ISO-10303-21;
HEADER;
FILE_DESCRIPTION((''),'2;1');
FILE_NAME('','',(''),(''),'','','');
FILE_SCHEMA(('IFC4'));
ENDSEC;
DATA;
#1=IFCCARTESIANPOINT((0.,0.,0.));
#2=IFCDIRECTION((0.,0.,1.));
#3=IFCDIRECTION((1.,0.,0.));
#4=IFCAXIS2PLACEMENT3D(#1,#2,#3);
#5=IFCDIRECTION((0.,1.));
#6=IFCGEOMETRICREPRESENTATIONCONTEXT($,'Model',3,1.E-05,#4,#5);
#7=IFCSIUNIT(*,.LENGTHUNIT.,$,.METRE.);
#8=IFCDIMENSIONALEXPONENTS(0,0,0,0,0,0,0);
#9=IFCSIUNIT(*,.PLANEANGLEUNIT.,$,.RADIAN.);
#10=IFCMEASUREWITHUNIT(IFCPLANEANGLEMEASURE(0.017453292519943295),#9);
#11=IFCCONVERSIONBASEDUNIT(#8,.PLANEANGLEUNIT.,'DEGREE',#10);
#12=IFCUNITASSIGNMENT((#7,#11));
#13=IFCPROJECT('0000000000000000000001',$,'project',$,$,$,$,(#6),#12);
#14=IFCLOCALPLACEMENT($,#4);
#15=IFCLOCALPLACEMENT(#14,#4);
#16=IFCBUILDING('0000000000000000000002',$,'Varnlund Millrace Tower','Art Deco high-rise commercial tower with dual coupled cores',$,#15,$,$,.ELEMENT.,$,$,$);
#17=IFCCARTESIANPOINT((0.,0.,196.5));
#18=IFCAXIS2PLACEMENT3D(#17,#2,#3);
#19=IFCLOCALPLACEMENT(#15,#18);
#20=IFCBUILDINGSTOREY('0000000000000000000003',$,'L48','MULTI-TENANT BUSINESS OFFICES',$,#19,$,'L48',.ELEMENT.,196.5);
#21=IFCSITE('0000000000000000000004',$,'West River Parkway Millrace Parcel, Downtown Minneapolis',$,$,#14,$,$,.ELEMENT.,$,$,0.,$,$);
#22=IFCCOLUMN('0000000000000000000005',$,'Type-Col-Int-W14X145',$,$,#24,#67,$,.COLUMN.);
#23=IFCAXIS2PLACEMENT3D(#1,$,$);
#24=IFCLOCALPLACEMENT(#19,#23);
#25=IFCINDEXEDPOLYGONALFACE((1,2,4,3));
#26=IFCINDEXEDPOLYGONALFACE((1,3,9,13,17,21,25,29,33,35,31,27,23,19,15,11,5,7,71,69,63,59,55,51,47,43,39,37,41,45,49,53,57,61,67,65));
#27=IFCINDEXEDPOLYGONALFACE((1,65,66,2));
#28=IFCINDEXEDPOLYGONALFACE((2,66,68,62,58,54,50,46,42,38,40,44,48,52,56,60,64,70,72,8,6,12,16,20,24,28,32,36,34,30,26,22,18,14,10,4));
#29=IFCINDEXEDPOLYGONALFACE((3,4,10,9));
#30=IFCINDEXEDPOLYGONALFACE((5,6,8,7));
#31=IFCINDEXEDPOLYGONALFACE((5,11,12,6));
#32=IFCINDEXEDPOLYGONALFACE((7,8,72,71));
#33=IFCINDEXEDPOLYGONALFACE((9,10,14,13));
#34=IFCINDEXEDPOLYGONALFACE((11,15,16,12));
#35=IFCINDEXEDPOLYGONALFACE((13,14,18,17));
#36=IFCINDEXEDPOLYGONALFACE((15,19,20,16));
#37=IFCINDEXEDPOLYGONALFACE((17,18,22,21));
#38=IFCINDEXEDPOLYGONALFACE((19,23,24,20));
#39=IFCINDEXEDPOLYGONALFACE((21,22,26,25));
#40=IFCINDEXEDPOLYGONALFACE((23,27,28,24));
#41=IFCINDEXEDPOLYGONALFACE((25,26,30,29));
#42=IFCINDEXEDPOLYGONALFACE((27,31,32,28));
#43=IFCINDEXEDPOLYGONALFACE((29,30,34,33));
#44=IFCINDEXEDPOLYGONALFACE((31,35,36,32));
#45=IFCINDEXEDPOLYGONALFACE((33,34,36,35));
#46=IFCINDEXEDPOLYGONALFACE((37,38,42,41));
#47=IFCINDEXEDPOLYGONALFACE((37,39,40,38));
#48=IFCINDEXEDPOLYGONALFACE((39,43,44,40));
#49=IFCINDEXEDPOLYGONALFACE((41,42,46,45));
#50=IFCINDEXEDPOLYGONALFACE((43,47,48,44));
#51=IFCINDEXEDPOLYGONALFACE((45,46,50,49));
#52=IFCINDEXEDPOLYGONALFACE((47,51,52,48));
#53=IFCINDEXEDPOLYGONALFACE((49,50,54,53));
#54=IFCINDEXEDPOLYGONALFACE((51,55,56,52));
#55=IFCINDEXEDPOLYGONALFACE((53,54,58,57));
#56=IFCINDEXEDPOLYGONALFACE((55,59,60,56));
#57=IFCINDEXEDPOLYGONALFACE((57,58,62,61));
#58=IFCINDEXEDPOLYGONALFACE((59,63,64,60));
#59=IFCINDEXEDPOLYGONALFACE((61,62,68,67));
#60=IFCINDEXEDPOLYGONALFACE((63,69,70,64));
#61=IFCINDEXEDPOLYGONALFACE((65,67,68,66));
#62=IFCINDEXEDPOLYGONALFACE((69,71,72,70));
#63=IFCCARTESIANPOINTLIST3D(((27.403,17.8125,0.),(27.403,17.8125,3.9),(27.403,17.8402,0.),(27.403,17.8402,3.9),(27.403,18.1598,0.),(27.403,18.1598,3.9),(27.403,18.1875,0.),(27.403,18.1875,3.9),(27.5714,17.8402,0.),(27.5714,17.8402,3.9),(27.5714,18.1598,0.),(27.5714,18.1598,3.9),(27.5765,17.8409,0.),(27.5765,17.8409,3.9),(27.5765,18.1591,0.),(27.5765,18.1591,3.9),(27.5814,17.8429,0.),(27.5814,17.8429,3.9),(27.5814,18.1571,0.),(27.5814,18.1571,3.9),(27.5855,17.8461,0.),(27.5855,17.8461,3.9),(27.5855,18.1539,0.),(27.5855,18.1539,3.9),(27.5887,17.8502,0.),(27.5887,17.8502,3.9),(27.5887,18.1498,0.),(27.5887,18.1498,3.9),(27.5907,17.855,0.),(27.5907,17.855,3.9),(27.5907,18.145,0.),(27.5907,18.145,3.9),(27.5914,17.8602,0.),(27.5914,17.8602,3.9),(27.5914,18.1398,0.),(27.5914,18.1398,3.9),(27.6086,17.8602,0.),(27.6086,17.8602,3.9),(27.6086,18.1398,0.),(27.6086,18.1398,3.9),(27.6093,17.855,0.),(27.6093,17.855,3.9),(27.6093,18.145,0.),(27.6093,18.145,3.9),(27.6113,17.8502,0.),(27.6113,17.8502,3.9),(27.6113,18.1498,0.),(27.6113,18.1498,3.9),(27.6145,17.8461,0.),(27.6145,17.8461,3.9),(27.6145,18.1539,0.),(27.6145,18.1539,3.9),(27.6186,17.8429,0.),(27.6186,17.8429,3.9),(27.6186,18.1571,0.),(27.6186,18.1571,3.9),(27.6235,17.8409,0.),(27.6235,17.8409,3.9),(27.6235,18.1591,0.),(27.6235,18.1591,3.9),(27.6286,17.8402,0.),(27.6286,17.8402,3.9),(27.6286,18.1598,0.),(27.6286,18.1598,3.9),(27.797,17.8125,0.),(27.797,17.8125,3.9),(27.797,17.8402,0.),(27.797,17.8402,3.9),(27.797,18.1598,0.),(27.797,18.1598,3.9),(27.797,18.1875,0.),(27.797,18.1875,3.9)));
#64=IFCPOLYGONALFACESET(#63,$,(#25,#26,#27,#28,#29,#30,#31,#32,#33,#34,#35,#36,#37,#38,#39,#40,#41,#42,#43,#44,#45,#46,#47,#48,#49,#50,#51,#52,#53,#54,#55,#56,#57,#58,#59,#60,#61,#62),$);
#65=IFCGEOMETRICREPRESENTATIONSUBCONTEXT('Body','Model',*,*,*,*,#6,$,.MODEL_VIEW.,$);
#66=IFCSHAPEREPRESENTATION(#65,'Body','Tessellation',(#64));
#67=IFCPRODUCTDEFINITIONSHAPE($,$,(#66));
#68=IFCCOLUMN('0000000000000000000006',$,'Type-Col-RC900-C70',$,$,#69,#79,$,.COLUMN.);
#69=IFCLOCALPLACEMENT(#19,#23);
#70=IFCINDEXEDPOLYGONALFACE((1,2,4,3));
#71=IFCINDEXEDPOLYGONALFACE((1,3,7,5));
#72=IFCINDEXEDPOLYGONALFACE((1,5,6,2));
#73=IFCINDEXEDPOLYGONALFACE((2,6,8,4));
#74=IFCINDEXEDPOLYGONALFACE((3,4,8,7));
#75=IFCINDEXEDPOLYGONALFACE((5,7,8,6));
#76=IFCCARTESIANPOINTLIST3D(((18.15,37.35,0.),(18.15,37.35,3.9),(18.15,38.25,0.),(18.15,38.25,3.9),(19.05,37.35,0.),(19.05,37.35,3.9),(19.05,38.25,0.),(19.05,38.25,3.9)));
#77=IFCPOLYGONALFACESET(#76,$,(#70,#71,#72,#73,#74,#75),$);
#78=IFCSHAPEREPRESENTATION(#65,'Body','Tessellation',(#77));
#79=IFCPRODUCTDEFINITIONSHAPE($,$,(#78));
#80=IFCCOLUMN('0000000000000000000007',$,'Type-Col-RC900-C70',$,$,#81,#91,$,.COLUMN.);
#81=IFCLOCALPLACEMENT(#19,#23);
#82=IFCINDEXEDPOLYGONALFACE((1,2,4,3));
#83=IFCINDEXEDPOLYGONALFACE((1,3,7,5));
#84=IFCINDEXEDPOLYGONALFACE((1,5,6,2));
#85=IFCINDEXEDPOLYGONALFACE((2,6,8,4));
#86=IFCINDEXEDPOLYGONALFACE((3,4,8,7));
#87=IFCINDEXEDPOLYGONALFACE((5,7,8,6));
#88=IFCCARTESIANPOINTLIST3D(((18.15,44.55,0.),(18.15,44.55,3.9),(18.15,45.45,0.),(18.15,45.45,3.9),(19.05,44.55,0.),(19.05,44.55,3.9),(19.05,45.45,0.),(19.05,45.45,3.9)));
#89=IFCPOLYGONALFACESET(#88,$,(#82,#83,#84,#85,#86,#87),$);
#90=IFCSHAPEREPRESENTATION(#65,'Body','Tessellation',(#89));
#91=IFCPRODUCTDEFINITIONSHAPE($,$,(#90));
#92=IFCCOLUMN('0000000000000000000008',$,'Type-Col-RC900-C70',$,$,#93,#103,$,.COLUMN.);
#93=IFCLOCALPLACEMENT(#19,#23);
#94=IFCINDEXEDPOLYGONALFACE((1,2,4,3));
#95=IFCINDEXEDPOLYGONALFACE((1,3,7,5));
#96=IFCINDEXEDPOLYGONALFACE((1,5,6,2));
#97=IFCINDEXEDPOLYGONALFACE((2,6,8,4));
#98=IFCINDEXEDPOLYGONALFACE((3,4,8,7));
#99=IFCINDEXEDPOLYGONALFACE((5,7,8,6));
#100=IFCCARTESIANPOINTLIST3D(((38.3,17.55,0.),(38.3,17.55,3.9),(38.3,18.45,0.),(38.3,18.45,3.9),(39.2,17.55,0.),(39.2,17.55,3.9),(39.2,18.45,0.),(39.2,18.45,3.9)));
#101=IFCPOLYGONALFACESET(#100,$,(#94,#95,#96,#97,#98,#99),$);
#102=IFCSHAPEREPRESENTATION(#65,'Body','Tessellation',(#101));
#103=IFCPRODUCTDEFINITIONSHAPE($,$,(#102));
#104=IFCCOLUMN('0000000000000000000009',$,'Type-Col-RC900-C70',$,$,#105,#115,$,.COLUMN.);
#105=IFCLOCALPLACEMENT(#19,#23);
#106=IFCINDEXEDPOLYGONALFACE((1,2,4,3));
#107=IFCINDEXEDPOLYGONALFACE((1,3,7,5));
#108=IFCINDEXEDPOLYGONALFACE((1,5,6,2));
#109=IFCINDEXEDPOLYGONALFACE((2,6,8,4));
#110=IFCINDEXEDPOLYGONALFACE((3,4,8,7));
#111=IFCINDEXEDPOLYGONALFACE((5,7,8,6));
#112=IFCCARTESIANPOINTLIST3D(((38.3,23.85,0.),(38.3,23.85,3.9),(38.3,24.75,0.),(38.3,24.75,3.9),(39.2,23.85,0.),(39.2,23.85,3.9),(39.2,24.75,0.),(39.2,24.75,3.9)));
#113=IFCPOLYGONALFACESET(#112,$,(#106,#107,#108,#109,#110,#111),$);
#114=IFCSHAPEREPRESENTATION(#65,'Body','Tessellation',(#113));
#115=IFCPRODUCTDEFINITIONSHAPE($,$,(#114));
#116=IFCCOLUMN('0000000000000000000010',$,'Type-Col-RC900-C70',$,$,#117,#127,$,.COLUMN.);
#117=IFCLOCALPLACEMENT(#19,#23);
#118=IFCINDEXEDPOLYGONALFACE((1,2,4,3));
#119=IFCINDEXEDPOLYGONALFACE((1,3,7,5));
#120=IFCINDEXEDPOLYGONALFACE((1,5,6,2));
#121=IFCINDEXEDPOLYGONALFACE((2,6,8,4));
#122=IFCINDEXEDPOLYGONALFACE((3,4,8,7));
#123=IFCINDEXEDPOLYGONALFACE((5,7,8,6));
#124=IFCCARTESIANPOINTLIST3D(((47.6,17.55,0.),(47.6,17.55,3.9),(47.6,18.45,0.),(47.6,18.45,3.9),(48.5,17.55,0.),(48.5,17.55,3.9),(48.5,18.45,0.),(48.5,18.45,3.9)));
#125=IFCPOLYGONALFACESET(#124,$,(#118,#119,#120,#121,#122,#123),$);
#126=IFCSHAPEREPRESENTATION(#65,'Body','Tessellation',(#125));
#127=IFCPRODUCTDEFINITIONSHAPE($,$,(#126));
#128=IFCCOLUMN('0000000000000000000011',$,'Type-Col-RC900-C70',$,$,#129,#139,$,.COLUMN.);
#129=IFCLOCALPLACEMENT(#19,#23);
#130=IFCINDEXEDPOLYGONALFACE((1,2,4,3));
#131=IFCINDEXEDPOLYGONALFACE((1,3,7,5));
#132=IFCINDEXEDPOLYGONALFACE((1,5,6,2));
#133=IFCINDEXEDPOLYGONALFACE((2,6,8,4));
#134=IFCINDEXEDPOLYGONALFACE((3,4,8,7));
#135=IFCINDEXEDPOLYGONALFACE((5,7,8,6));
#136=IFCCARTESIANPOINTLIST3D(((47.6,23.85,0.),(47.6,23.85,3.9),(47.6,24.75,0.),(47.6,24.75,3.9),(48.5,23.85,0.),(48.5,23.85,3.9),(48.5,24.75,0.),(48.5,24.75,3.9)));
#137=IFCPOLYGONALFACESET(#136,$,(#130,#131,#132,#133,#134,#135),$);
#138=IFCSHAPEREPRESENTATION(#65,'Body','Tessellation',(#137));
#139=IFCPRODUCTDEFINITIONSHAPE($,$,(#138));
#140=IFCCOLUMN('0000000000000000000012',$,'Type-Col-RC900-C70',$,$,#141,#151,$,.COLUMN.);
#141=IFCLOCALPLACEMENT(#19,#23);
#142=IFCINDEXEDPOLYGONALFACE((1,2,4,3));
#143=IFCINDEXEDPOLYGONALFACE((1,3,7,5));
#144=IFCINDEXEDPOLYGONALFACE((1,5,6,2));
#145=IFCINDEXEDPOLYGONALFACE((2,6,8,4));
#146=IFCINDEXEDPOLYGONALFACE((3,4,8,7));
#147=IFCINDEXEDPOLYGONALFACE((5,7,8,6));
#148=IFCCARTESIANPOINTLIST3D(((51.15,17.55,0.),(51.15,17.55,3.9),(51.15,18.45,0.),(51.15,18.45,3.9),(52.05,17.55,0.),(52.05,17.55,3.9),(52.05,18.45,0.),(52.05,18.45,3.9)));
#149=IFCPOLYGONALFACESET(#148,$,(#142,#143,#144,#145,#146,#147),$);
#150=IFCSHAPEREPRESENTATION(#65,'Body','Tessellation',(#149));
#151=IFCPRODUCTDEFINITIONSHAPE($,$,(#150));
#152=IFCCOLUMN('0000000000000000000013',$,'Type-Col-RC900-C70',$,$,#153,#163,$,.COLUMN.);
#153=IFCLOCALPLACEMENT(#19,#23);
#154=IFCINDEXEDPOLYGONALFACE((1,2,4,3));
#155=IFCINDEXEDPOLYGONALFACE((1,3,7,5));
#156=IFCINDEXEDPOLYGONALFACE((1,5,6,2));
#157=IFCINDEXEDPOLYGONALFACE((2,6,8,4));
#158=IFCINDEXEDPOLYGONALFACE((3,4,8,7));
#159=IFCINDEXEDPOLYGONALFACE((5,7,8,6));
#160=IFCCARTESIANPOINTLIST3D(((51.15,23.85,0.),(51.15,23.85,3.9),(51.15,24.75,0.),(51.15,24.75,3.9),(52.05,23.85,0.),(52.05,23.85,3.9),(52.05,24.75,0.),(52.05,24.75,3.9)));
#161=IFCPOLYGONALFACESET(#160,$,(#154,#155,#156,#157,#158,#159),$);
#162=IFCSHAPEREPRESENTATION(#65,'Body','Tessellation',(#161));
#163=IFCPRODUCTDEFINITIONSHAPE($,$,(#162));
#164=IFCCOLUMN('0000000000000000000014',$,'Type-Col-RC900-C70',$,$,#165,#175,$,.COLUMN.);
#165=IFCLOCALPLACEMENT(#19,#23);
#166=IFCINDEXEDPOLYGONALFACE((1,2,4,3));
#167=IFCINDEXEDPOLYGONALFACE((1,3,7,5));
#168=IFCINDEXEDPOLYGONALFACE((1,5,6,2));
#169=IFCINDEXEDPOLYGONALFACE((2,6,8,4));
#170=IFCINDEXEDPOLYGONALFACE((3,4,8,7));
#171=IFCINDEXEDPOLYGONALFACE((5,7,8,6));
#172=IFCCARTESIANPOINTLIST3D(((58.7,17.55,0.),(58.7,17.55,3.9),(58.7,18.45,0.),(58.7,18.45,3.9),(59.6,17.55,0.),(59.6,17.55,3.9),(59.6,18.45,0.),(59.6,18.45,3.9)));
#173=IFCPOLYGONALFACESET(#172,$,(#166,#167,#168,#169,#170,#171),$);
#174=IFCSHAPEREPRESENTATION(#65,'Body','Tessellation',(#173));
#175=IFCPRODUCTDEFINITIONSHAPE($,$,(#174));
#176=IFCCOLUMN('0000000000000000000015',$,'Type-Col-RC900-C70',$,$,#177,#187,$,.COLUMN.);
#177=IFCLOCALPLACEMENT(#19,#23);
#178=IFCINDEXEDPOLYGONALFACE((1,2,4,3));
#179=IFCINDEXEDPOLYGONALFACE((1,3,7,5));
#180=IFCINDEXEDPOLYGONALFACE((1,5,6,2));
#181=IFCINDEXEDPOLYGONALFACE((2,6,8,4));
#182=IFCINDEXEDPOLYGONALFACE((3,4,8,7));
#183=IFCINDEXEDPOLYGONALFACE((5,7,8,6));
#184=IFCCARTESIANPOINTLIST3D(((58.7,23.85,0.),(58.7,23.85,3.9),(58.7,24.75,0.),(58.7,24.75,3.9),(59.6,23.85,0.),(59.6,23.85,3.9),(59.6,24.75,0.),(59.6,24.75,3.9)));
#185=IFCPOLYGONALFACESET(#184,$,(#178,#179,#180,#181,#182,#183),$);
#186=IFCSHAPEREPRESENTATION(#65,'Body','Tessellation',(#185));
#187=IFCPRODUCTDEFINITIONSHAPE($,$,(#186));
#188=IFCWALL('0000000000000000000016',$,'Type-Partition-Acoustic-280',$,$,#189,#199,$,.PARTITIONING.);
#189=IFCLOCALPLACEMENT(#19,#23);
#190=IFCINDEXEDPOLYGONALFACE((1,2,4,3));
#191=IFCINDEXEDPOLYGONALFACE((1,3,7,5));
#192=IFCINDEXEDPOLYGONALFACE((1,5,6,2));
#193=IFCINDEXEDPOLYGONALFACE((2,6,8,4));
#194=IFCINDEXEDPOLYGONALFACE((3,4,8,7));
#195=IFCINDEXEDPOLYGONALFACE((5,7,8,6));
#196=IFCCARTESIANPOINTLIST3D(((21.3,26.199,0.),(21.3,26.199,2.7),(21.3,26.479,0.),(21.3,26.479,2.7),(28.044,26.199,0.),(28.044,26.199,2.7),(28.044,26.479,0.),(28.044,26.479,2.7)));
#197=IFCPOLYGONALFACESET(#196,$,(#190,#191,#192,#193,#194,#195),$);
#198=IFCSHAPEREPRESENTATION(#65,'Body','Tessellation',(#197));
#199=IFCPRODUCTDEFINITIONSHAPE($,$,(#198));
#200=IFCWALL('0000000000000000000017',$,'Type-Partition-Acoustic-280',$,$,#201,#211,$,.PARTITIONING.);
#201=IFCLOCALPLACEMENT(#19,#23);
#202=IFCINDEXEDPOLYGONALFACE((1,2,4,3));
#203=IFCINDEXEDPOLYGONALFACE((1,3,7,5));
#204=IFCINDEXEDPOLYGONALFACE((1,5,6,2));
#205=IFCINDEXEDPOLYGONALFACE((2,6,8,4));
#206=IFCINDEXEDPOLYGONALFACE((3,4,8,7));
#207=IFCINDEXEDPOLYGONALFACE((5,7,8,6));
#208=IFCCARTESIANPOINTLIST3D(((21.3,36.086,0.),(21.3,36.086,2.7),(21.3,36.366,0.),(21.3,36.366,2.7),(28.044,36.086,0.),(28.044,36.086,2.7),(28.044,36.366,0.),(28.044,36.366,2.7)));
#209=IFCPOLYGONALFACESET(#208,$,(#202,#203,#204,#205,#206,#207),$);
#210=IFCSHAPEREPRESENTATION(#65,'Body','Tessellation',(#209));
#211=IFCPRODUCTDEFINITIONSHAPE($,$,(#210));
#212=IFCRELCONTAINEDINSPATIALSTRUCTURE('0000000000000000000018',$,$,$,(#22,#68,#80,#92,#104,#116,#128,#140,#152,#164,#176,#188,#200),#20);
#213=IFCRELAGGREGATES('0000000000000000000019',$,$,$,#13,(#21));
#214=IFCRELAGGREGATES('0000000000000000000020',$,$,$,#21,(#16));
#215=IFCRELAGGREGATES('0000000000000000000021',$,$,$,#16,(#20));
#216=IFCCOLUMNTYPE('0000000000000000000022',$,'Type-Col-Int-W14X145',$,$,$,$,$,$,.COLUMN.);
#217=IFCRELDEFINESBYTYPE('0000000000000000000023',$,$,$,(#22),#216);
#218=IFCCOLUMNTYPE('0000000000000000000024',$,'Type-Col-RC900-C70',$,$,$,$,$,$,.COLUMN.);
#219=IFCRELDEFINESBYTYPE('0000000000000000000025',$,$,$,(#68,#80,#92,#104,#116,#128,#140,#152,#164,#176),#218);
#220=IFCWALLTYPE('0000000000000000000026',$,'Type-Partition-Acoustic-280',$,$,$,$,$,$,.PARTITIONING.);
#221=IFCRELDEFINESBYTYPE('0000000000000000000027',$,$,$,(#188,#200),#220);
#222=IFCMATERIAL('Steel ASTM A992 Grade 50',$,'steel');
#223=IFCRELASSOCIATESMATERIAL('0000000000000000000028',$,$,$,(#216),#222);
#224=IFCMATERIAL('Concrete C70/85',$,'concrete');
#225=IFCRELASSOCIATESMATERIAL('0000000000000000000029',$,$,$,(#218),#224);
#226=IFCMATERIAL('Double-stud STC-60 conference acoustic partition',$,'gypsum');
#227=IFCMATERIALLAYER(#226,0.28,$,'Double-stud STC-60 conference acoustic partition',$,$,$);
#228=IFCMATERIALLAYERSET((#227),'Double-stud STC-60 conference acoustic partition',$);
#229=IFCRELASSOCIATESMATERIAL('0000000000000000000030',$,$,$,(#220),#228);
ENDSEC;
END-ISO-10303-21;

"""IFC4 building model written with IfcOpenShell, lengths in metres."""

from ifc_helpers import new_model, entity, si_unit, converted_unit, direction, frame, origin_with_axes, origin_2d_with_axis, place, context, subcontext, project, spatial, polyline, rectangle, i_section, outline, extrude, material, layer, layer_set, material_profile, profile_set, type_object, element, save


model = new_model("IFC4")

# Units and contexts
model_context = context("Model", 3, precision=1e-05, world=origin_with_axes(), true_north=direction((0.0, 1.0)))
body_context = subcontext(model_context, "Body", "Model", "MODEL_VIEW")
ifc_project = project(units=[si_unit("LENGTHUNIT", "METRE"), converted_unit("PLANEANGLEUNIT", "DEGREE", entity("IfcPlaneAngleMeasure", 0.017453292519943295), si_unit("PLANEANGLEUNIT", "RADIAN"), dimensions=[0, 0, 0, 0, 0, 0, 0])], contexts=[model_context])

# Site, building, storey
site_placement = place(None, origin_with_axes())
site = spatial("IfcSite", under=ifc_project, at=site_placement, Name="West River Parkway Millrace Parcel, Downtown Minneapolis", CompositionType="ELEMENT", RefElevation=0.0)
building_placement = place(site_placement, origin_with_axes())
building = spatial("IfcBuilding", under=site, at=building_placement, Name="Varnlund Millrace Tower", Description="Art Deco high-rise commercial tower with dual coupled cores", CompositionType="ELEMENT")
storey_placement = place(building_placement, frame((0.0, 0.0, 196.5), z_axis=(0.0, 0.0, 1.0), x_axis=(1.0, 0.0, 0.0)))
storey = spatial("IfcBuildingStorey", under=building, at=storey_placement, Name="L48", Description="MULTI-TENANT BUSINESS OFFICES", LongName="L48", CompositionType="ELEMENT", Elevation=196.5)

# Columns
ifc_material_1 = material(Name="Steel ASTM A992 Grade 50", Category="steel")
ifc_material_profile_1 = material_profile(ifc_material_1, i_section(OverallWidth=0.394, OverallDepth=0.375, WebThickness=0.0173, FlangeThickness=0.0277, FilletRadius=0.02, at=origin_2d_with_axis()), Name="Steel ASTM A992 Grade 50")
ifc_profile_set_1 = profile_set([ifc_material_profile_1], Name="Steel ASTM A992 Grade 50")
column_type_1 = type_object("IfcColumnType", Name="Type-Col-Int-W14X145", PredefinedType="COLUMN", material=ifc_profile_set_1)
column_placement = place(storey_placement, frame((27.6, 18.0, 0.0), z_axis=(0.0, 0.0, 1.0), x_axis=(1.0, 0.0, 0.0)))
element("IfcColumn", 1, at=column_placement, inside=storey, type_object=column_type_1, Name="Type-Col-Int-W14X145", PredefinedType="COLUMN", context=body_context, shape_type="SweptSolid", body=[
    extrude(i_section(OverallWidth=0.394, OverallDepth=0.375, WebThickness=0.0173, FlangeThickness=0.0277, FilletRadius=0.02, at=origin_2d_with_axis()), origin_with_axes(), (0.0, 0.0, 1.0), 3.9),
])
ifc_material_2 = material(Name="Concrete C70/85", Category="concrete")
ifc_material_profile_2 = material_profile(ifc_material_2, rectangle(XDim=0.9, YDim=0.9, at=origin_2d_with_axis()), Name="Concrete C70/85")
ifc_profile_set_2 = profile_set([ifc_material_profile_2], Name="Concrete C70/85")
column_type_2 = type_object("IfcColumnType", Name="Type-Col-RC900-C70", PredefinedType="COLUMN", material=ifc_profile_set_2)
for number, where, z_axis, x_axis, name in (
    (2, (18.6, 37.8, 0.0), (0.0, 0.0, 1.0), (1.0, 0.0, 0.0), "Type-Col-RC900-C70"),
    (3, (18.6, 45.0, 0.0), (0.0, 0.0, 1.0), (1.0, 0.0, 0.0), "Type-Col-RC900-C70"),
    (4, (38.75, 18.0, 0.0), (0.0, 0.0, 1.0), (1.0, 0.0, 0.0), "Type-Col-RC900-C70"),
    (5, (38.75, 24.3, 0.0), (0.0, 0.0, 1.0), (1.0, 0.0, 0.0), "Type-Col-RC900-C70"),
    (6, (48.05, 18.0, 0.0), (0.0, 0.0, 1.0), (1.0, 0.0, 0.0), "Type-Col-RC900-C70"),
    (7, (48.05, 24.3, 0.0), (0.0, 0.0, 1.0), (1.0, 0.0, 0.0), "Type-Col-RC900-C70"),
    (8, (51.6, 18.0, 0.0), (0.0, 0.0, 1.0), (1.0, 0.0, 0.0), "Type-Col-RC900-C70"),
    (9, (51.6, 24.3, 0.0), (0.0, 0.0, 1.0), (1.0, 0.0, 0.0), "Type-Col-RC900-C70"),
    (10, (59.15, 18.0, 0.0), (0.0, 0.0, 1.0), (1.0, 0.0, 0.0), "Type-Col-RC900-C70"),
    (11, (59.15, 24.3, 0.0), (0.0, 0.0, 1.0), (1.0, 0.0, 0.0), "Type-Col-RC900-C70"),
):
    element("IfcColumn", number, at=place(storey_placement, frame(where, z_axis=z_axis, x_axis=x_axis)), inside=storey, type_object=column_type_2, Name=name, PredefinedType="COLUMN", context=body_context, shape_type="SweptSolid", body=[
        extrude(rectangle(XDim=0.9, YDim=0.9, at=origin_2d_with_axis()), origin_with_axes(), (0.0, 0.0, 1.0), 3.9),
    ])

# Walls
ifc_material_3 = material(Name="Double-stud STC-60 conference acoustic partition", Category="gypsum")
ifc_layer_1 = layer(ifc_material_3, 0.28, Name="Double-stud STC-60 conference acoustic partition")
ifc_layer_set_1 = layer_set([ifc_layer_1], Name="Double-stud STC-60 conference acoustic partition")
wall_type_1 = type_object("IfcWallType", Name="Type-Partition-Acoustic-280", PredefinedType="PARTITIONING", material=ifc_layer_set_1)
for number, where, z_axis, x_axis, name in (
    (12, (21.3, 26.339, 0.0), (0.0, 0.0, 1.0), (1.0, 0.0, 0.0), "Type-Partition-Acoustic-280"),
    (13, (21.3, 36.226, 0.0), (0.0, 0.0, 1.0), (1.0, 0.0, 0.0), "Type-Partition-Acoustic-280"),
):
    element("IfcWall", number, at=place(storey_placement, frame(where, z_axis=z_axis, x_axis=x_axis)), inside=storey, type_object=wall_type_1, Name=name, PredefinedType="PARTITIONING", context=body_context, shape_type="SweptSolid", body=[
        extrude(outline(polyline([(0.0, -0.14), (6.744, -0.14), (6.744, 0.14), (0.0, 0.14), (0.0, -0.14)])), origin_with_axes(), (0.0, 0.0, 1.0), 2.7),
    ])

save(model, "model.ifc")
